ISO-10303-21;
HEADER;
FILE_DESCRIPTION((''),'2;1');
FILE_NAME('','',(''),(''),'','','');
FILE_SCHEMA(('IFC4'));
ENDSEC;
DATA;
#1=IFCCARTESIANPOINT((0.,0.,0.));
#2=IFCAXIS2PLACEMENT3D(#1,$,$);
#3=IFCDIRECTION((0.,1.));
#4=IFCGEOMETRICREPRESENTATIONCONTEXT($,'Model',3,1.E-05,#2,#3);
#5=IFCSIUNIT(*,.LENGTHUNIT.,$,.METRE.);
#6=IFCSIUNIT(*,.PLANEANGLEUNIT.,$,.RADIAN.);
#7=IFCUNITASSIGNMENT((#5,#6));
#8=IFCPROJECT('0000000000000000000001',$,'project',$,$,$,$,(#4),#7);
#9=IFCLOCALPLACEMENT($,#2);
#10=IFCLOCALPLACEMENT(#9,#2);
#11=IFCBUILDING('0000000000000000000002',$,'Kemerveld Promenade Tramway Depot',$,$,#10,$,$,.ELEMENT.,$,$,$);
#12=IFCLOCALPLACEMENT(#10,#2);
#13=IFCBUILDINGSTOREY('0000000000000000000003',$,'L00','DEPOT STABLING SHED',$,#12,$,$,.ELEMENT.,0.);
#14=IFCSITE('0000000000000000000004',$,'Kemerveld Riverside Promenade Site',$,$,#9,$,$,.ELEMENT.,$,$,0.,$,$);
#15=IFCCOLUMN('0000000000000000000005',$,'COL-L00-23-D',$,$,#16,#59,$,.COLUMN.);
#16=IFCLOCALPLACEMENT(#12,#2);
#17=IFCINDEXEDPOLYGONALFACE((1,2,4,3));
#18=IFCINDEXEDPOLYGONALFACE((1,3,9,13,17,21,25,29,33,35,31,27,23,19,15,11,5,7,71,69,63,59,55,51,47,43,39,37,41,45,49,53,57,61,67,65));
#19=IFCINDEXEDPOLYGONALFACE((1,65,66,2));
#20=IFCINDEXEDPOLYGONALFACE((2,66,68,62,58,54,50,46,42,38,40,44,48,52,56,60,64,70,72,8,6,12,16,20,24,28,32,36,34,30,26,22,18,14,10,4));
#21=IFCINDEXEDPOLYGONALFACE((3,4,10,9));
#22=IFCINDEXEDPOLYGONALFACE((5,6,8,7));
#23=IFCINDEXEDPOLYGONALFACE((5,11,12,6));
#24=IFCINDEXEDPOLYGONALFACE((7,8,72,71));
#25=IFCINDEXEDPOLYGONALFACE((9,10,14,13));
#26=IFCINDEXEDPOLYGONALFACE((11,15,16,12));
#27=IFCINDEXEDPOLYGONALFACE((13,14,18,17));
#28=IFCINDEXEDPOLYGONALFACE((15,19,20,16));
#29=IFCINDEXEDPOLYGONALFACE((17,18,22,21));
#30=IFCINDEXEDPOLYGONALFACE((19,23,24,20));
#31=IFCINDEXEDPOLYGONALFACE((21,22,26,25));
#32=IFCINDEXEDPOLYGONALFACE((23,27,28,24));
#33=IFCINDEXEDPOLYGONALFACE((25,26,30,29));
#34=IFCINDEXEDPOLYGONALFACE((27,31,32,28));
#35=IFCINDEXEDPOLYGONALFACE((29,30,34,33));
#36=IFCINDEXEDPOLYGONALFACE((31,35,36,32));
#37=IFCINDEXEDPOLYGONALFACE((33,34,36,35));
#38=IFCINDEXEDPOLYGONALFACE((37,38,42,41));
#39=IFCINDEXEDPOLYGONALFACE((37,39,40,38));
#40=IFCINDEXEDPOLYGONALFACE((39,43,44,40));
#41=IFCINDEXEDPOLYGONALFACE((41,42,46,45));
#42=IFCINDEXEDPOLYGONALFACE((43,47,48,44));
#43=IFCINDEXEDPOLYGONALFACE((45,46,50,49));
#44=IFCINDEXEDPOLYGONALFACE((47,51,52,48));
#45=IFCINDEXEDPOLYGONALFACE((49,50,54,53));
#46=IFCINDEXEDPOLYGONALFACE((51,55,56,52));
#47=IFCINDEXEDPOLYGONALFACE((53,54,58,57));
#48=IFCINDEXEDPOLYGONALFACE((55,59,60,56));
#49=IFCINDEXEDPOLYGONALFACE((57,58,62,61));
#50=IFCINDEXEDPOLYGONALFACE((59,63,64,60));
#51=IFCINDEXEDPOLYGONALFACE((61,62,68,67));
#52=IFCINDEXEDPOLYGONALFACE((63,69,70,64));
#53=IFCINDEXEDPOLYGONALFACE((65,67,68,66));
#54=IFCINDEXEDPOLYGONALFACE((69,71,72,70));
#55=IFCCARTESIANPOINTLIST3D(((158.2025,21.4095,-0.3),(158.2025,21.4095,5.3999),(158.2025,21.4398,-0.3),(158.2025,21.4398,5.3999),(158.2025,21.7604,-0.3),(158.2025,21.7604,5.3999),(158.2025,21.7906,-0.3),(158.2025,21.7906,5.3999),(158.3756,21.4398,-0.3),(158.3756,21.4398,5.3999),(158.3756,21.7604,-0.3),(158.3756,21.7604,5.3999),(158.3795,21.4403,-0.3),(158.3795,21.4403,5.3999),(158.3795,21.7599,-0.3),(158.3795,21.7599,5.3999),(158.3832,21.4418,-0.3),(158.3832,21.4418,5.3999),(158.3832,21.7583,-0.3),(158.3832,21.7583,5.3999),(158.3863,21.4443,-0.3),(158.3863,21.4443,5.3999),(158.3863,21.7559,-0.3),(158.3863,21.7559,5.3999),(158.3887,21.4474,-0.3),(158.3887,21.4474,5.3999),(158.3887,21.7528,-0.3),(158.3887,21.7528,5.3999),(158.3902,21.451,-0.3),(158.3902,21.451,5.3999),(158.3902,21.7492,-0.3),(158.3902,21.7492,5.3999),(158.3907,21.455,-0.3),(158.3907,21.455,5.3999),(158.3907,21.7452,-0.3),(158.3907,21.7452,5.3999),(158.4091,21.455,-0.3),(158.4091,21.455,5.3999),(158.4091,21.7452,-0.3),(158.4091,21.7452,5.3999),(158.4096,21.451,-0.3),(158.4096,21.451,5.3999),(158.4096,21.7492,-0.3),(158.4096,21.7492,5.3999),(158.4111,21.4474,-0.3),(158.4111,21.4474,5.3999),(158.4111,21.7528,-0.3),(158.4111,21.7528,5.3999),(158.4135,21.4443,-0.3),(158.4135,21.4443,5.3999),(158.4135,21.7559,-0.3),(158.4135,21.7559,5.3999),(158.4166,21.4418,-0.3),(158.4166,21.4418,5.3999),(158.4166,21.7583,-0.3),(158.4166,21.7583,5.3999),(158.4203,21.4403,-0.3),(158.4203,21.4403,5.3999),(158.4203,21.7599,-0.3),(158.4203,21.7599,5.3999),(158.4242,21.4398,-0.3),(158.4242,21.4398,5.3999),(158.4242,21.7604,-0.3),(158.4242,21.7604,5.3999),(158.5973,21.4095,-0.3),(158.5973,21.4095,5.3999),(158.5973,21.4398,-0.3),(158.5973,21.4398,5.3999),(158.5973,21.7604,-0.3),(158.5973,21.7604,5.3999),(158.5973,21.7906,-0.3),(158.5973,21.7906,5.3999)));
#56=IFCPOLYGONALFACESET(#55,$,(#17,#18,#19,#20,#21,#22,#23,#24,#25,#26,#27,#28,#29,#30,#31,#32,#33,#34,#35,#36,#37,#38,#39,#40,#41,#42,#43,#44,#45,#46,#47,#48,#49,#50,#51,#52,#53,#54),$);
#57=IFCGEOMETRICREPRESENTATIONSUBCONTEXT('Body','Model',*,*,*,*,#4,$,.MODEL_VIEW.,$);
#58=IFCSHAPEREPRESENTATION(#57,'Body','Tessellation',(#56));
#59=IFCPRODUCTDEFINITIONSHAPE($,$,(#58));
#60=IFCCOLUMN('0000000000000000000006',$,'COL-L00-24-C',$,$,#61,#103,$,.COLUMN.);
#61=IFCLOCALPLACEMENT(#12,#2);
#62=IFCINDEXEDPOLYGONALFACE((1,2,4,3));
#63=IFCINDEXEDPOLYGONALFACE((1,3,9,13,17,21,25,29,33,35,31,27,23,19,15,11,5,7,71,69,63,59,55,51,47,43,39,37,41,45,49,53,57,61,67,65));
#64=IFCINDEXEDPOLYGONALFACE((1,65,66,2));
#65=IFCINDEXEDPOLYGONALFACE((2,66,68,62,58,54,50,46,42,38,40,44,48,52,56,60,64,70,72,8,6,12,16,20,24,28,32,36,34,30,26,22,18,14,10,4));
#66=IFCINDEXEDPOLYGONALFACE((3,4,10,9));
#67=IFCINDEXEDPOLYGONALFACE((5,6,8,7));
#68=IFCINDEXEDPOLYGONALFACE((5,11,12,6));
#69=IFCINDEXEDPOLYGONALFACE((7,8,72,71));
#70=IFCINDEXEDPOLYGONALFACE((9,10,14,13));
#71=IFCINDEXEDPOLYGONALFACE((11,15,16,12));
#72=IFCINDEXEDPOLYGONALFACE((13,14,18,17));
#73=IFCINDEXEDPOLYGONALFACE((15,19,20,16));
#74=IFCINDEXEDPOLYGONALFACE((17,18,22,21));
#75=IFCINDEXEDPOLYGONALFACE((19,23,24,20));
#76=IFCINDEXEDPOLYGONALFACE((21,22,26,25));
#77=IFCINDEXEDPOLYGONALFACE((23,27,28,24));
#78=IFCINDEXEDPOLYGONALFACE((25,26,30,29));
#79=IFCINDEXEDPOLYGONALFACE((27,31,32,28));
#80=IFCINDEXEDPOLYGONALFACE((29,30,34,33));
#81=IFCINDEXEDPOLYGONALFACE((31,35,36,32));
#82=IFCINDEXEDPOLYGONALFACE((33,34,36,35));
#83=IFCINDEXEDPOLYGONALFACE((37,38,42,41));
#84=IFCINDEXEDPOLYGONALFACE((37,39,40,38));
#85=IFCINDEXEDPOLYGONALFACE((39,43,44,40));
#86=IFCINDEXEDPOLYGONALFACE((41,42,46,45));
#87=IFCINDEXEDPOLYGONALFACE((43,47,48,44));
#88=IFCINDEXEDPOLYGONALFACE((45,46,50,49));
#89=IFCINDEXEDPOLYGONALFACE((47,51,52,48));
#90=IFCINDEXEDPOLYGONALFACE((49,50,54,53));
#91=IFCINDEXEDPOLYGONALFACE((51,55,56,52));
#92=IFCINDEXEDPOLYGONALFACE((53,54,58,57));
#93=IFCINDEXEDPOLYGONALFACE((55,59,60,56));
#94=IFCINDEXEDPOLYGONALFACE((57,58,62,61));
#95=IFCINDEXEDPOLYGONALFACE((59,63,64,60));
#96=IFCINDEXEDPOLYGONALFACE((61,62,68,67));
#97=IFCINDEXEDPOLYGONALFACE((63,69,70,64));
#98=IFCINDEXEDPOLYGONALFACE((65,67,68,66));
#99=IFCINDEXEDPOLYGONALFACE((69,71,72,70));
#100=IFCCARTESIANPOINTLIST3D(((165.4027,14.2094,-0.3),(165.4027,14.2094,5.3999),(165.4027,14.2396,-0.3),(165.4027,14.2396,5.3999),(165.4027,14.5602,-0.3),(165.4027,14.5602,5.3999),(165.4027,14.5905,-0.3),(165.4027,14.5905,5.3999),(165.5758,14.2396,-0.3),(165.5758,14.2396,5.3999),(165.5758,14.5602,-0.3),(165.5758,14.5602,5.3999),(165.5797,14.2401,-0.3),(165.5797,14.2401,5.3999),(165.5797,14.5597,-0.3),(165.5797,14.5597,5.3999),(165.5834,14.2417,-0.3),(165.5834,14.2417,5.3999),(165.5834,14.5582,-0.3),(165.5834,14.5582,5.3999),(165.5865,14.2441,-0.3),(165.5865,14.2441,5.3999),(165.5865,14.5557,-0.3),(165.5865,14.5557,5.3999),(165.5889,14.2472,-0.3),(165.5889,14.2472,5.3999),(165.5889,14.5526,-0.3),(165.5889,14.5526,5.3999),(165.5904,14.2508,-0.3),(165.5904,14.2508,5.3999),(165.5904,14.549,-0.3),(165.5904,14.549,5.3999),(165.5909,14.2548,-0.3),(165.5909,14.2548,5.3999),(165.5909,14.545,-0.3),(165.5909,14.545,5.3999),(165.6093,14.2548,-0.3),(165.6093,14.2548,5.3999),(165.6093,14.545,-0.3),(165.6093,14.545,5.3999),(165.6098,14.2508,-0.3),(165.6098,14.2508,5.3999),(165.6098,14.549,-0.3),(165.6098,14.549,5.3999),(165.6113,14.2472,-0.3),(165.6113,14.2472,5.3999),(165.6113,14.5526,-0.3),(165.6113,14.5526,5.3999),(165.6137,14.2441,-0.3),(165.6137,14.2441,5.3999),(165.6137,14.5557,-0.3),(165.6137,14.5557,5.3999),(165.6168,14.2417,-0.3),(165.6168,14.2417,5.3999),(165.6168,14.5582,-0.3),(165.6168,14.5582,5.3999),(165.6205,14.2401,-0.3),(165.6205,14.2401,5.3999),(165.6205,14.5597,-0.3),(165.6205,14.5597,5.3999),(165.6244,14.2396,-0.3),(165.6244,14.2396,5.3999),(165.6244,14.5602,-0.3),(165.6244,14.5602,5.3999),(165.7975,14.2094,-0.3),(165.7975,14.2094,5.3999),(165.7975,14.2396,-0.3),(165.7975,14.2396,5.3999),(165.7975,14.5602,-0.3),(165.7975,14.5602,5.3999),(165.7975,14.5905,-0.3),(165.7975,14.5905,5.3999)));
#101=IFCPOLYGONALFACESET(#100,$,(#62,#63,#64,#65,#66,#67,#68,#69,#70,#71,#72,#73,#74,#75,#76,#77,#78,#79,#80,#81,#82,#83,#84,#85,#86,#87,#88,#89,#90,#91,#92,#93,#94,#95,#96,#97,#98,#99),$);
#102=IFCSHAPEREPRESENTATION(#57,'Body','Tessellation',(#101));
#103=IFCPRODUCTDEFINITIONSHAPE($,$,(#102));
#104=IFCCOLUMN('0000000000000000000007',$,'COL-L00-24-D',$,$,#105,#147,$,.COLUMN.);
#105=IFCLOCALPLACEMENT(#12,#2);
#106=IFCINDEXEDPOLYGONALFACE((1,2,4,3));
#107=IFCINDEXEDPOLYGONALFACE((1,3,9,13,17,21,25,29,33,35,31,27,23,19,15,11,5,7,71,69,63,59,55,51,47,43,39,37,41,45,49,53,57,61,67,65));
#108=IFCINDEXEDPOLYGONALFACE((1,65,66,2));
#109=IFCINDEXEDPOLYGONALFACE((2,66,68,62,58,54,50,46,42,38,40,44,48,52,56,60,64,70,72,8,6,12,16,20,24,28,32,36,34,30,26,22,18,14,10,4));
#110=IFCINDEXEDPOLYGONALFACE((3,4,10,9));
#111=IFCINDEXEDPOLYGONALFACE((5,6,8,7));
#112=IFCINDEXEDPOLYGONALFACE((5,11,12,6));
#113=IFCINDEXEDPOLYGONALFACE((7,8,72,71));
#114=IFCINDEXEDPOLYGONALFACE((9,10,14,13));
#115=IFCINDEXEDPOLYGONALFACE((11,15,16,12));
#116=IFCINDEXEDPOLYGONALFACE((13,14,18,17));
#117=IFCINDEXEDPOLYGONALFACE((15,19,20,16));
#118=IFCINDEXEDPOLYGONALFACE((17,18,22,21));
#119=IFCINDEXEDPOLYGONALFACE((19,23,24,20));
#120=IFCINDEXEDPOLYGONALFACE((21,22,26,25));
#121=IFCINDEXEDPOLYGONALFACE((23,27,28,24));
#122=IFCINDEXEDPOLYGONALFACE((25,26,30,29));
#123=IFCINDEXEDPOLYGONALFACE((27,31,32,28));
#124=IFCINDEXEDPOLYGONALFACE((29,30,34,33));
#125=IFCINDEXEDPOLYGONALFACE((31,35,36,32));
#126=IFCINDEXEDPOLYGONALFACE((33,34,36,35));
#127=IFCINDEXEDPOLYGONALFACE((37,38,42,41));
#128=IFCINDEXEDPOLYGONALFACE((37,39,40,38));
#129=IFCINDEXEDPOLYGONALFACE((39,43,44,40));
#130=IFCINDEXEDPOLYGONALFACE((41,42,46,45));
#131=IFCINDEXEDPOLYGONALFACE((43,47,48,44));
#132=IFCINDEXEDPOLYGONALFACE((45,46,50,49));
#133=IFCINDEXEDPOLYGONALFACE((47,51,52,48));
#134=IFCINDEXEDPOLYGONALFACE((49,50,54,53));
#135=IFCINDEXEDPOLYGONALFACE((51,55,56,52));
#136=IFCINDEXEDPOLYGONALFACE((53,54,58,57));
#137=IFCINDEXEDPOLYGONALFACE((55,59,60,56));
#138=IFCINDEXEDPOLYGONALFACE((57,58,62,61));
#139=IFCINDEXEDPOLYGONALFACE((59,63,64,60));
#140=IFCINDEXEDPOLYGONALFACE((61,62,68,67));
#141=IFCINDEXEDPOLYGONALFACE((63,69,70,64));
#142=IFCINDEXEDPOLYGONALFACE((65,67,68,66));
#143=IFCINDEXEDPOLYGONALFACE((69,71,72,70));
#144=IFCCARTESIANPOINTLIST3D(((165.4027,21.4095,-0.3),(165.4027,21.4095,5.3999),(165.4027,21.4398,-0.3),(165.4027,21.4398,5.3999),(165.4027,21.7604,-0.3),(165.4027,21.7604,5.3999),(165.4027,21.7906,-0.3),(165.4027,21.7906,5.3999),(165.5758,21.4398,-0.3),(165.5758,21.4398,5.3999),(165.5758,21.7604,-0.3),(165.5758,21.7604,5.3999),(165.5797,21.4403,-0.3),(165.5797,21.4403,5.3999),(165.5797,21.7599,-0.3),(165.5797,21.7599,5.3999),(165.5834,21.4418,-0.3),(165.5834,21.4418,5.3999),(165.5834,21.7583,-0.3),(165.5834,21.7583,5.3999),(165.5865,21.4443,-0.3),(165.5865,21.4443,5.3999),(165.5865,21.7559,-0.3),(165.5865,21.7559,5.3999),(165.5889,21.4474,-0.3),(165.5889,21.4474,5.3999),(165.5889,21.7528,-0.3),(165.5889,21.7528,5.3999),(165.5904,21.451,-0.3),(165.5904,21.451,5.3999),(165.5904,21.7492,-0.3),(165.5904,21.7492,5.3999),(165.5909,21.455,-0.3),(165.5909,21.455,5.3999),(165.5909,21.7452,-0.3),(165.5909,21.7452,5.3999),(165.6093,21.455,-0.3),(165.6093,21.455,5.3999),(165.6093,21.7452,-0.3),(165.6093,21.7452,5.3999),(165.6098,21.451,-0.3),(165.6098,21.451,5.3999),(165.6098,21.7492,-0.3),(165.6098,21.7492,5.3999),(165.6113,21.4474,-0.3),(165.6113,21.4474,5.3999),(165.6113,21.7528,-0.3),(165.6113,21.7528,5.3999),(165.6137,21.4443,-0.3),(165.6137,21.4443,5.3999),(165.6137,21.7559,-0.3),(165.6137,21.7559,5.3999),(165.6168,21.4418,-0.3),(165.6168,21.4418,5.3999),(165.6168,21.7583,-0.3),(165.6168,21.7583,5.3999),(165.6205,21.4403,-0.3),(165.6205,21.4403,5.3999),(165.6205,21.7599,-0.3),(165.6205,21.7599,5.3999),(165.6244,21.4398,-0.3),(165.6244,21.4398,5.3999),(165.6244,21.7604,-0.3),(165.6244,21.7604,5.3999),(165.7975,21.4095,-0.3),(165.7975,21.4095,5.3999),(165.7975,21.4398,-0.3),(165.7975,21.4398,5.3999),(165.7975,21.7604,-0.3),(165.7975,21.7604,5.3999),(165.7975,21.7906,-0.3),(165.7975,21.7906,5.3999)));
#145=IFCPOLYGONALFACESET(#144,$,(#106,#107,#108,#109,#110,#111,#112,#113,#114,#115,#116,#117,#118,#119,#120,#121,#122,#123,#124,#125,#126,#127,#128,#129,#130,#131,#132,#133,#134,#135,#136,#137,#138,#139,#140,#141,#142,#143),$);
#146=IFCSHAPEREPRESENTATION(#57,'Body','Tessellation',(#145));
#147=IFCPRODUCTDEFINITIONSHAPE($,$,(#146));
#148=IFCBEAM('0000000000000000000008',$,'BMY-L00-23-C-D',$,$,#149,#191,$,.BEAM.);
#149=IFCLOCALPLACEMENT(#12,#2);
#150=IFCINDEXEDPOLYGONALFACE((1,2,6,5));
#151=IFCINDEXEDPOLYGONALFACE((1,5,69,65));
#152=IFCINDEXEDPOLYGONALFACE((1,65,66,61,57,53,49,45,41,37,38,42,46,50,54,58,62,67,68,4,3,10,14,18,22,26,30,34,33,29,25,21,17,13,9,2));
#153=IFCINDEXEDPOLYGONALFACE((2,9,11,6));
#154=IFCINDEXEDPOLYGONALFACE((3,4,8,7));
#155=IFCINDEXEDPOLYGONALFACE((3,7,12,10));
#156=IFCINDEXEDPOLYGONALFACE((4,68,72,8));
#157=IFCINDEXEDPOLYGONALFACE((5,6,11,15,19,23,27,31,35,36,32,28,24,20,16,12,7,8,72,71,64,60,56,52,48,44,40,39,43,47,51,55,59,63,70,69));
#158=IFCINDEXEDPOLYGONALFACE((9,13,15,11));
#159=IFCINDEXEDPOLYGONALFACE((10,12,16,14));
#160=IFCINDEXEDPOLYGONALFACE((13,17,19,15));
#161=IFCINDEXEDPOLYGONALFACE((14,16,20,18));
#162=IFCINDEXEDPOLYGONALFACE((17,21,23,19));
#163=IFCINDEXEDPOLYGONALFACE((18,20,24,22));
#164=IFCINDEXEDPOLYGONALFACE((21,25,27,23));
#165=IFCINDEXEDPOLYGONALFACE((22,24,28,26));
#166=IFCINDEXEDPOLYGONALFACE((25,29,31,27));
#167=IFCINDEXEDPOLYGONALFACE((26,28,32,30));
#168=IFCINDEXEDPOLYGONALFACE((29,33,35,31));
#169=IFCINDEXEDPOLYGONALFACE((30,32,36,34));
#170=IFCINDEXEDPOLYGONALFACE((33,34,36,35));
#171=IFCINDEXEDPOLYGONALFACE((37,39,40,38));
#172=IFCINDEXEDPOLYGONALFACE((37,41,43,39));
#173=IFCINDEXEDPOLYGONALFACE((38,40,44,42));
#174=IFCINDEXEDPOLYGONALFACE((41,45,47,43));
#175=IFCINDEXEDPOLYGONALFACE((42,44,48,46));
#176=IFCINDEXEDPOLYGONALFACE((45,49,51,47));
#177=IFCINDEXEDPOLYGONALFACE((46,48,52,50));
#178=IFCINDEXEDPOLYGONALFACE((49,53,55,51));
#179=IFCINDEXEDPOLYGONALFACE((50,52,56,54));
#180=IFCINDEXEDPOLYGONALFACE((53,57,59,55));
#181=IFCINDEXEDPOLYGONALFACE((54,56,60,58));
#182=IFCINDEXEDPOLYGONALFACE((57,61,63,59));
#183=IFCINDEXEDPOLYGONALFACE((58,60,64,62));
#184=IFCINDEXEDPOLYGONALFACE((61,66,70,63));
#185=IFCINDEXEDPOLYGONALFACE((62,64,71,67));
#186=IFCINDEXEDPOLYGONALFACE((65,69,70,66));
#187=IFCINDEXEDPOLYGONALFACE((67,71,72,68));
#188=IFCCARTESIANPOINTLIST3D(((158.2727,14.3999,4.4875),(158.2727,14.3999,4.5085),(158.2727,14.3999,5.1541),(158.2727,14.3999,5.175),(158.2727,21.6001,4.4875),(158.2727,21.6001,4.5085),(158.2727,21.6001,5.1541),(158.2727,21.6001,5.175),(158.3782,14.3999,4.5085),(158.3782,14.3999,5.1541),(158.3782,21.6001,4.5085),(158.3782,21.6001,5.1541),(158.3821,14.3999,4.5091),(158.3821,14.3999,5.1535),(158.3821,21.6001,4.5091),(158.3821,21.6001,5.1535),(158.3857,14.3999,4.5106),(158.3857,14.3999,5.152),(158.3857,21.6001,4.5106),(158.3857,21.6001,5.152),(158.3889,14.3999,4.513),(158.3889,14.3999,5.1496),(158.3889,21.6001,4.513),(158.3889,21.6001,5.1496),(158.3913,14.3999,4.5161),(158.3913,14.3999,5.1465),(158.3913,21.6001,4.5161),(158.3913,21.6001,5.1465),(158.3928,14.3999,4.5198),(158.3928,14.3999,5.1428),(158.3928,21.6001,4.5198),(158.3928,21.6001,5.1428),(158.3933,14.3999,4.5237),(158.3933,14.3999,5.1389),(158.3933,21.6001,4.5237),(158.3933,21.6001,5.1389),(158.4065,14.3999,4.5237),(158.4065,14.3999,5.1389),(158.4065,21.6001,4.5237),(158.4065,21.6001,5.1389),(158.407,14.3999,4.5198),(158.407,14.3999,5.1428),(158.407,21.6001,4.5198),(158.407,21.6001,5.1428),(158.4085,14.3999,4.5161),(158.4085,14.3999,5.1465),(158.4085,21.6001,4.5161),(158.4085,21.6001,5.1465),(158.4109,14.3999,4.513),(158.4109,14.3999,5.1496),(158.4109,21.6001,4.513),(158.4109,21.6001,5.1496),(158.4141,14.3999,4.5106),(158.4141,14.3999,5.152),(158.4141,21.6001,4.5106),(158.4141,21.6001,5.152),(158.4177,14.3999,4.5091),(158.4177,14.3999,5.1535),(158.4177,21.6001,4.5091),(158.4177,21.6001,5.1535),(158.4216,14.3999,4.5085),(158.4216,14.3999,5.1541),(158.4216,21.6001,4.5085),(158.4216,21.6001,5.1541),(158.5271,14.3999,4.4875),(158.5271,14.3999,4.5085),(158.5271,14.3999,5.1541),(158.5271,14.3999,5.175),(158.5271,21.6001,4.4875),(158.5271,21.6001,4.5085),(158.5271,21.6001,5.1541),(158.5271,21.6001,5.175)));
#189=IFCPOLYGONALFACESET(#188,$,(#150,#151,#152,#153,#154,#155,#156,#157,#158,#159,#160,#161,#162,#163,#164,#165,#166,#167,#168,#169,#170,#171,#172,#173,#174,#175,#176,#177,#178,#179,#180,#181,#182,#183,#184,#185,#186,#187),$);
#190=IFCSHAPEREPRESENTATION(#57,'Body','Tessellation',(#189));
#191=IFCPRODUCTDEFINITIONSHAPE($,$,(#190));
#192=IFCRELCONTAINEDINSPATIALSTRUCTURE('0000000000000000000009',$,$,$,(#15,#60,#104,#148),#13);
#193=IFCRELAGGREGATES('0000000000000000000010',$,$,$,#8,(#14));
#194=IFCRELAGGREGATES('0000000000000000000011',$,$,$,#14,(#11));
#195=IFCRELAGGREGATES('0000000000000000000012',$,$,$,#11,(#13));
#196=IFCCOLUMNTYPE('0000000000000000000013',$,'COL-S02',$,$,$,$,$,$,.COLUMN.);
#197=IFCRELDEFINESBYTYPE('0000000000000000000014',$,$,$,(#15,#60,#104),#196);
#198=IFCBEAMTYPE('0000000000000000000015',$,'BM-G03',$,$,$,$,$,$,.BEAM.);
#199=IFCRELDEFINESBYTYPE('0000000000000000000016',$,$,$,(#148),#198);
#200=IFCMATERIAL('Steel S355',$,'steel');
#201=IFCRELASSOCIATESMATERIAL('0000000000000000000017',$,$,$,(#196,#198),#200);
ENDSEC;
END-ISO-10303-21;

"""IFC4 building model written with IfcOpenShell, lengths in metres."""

from ifc_helpers import new_model, si_unit, direction, frame, origin, origin_2d, place, context, subcontext, project, spatial, i_section, extrude, material, material_profile, profile_set, type_object, element, save


model = new_model("IFC4")

# Units and contexts
model_context = context("Model", 3, precision=1e-05, world=origin(), true_north=direction((0.0, 1.0)))
body_context = subcontext(model_context, "Body", "Model", "MODEL_VIEW")
ifc_project = project(units=[si_unit("LENGTHUNIT", "METRE"), si_unit("PLANEANGLEUNIT", "RADIAN")], contexts=[model_context])

# Site, building, storey
site_placement = place(None, origin())
site = spatial("IfcSite", under=ifc_project, at=site_placement, Name="Kemerveld Riverside Promenade Site", CompositionType="ELEMENT", RefElevation=0.0)
building_placement = place(site_placement, origin())
building = spatial("IfcBuilding", under=site, at=building_placement, Name="Kemerveld Promenade Tramway Depot", CompositionType="ELEMENT")
storey_placement = place(building_placement, origin())
storey = spatial("IfcBuildingStorey", under=building, at=storey_placement, Name="L00", Description="DEPOT STABLING SHED", CompositionType="ELEMENT", Elevation=0.0)

# Columns
ifc_material_1 = material(Name="Steel S355", Category="steel")
ifc_material_profile_1 = material_profile(ifc_material_1, i_section(OverallWidth=0.3948, OverallDepth=0.3811, WebThickness=0.0183, FlangeThickness=0.0303, FilletRadius=0.0151, at=origin_2d()), Name="356x406x235 UC")
ifc_profile_set_1 = profile_set([ifc_material_profile_1], Name="Steel S355")
column_type = type_object("IfcColumnType", Name="COL-S02", PredefinedType="COLUMN", material=ifc_profile_set_1)
for number, where, z_axis, x_axis, name in (
    (1, (158.3999, 21.6001, -0.3), (0.0, 0.0, 1.0), (1.0, 0.0, 0.0), "COL-L00-23-D"),
    (2, (165.6001, 14.3999, -0.3), (0.0, 0.0, 1.0), (1.0, 0.0, 0.0), "COL-L00-24-C"),
    (3, (165.6001, 21.6001, -0.3), (0.0, 0.0, 1.0), (1.0, 0.0, 0.0), "COL-L00-24-D"),
):
    element("IfcColumn", number, at=place(storey_placement, frame(where, z_axis=z_axis, x_axis=x_axis)), inside=storey, type_object=column_type, Name=name, PredefinedType="COLUMN", context=body_context, shape_type="SweptSolid", body=[
        extrude(i_section(OverallWidth=0.3948, OverallDepth=0.3811, WebThickness=0.0183, FlangeThickness=0.0303, FilletRadius=0.0151, at=origin_2d()), origin(), (0.0, 0.0, 1.0), 5.7),
    ])

# Beam
ifc_material_profile_2 = material_profile(ifc_material_1, i_section(OverallWidth=0.2544, OverallDepth=0.6875, WebThickness=0.0132, FlangeThickness=0.021, FilletRadius=0.0151, at=origin_2d()), Name="686x254x152 UB")
ifc_profile_set_2 = profile_set([ifc_material_profile_2], Name="Steel S355")
beam_type_1 = type_object("IfcBeamType", Name="BM-G03", PredefinedType="BEAM", material=ifc_profile_set_2)
for number, where, z_axis, x_axis, name in (
    (4, (158.3999, 14.3999, 4.8313), (0.0, 1.0, 0.0), (-1.0, 0.0, 0.0), "BMY-L00-23-C-D"),
):
    element("IfcBeam", number, at=place(storey_placement, frame(where, z_axis=z_axis, x_axis=x_axis)), inside=storey, type_object=beam_type_1, Name=name, PredefinedType="BEAM", context=body_context, shape_type="SweptSolid", body=[
        extrude(i_section(OverallWidth=0.2544, OverallDepth=0.6875, WebThickness=0.0132, FlangeThickness=0.021, FilletRadius=0.0151, at=origin_2d()), origin(), (0.0, 0.0, 1.0), 7.2002),
    ])

save(model, "model.ifc")
